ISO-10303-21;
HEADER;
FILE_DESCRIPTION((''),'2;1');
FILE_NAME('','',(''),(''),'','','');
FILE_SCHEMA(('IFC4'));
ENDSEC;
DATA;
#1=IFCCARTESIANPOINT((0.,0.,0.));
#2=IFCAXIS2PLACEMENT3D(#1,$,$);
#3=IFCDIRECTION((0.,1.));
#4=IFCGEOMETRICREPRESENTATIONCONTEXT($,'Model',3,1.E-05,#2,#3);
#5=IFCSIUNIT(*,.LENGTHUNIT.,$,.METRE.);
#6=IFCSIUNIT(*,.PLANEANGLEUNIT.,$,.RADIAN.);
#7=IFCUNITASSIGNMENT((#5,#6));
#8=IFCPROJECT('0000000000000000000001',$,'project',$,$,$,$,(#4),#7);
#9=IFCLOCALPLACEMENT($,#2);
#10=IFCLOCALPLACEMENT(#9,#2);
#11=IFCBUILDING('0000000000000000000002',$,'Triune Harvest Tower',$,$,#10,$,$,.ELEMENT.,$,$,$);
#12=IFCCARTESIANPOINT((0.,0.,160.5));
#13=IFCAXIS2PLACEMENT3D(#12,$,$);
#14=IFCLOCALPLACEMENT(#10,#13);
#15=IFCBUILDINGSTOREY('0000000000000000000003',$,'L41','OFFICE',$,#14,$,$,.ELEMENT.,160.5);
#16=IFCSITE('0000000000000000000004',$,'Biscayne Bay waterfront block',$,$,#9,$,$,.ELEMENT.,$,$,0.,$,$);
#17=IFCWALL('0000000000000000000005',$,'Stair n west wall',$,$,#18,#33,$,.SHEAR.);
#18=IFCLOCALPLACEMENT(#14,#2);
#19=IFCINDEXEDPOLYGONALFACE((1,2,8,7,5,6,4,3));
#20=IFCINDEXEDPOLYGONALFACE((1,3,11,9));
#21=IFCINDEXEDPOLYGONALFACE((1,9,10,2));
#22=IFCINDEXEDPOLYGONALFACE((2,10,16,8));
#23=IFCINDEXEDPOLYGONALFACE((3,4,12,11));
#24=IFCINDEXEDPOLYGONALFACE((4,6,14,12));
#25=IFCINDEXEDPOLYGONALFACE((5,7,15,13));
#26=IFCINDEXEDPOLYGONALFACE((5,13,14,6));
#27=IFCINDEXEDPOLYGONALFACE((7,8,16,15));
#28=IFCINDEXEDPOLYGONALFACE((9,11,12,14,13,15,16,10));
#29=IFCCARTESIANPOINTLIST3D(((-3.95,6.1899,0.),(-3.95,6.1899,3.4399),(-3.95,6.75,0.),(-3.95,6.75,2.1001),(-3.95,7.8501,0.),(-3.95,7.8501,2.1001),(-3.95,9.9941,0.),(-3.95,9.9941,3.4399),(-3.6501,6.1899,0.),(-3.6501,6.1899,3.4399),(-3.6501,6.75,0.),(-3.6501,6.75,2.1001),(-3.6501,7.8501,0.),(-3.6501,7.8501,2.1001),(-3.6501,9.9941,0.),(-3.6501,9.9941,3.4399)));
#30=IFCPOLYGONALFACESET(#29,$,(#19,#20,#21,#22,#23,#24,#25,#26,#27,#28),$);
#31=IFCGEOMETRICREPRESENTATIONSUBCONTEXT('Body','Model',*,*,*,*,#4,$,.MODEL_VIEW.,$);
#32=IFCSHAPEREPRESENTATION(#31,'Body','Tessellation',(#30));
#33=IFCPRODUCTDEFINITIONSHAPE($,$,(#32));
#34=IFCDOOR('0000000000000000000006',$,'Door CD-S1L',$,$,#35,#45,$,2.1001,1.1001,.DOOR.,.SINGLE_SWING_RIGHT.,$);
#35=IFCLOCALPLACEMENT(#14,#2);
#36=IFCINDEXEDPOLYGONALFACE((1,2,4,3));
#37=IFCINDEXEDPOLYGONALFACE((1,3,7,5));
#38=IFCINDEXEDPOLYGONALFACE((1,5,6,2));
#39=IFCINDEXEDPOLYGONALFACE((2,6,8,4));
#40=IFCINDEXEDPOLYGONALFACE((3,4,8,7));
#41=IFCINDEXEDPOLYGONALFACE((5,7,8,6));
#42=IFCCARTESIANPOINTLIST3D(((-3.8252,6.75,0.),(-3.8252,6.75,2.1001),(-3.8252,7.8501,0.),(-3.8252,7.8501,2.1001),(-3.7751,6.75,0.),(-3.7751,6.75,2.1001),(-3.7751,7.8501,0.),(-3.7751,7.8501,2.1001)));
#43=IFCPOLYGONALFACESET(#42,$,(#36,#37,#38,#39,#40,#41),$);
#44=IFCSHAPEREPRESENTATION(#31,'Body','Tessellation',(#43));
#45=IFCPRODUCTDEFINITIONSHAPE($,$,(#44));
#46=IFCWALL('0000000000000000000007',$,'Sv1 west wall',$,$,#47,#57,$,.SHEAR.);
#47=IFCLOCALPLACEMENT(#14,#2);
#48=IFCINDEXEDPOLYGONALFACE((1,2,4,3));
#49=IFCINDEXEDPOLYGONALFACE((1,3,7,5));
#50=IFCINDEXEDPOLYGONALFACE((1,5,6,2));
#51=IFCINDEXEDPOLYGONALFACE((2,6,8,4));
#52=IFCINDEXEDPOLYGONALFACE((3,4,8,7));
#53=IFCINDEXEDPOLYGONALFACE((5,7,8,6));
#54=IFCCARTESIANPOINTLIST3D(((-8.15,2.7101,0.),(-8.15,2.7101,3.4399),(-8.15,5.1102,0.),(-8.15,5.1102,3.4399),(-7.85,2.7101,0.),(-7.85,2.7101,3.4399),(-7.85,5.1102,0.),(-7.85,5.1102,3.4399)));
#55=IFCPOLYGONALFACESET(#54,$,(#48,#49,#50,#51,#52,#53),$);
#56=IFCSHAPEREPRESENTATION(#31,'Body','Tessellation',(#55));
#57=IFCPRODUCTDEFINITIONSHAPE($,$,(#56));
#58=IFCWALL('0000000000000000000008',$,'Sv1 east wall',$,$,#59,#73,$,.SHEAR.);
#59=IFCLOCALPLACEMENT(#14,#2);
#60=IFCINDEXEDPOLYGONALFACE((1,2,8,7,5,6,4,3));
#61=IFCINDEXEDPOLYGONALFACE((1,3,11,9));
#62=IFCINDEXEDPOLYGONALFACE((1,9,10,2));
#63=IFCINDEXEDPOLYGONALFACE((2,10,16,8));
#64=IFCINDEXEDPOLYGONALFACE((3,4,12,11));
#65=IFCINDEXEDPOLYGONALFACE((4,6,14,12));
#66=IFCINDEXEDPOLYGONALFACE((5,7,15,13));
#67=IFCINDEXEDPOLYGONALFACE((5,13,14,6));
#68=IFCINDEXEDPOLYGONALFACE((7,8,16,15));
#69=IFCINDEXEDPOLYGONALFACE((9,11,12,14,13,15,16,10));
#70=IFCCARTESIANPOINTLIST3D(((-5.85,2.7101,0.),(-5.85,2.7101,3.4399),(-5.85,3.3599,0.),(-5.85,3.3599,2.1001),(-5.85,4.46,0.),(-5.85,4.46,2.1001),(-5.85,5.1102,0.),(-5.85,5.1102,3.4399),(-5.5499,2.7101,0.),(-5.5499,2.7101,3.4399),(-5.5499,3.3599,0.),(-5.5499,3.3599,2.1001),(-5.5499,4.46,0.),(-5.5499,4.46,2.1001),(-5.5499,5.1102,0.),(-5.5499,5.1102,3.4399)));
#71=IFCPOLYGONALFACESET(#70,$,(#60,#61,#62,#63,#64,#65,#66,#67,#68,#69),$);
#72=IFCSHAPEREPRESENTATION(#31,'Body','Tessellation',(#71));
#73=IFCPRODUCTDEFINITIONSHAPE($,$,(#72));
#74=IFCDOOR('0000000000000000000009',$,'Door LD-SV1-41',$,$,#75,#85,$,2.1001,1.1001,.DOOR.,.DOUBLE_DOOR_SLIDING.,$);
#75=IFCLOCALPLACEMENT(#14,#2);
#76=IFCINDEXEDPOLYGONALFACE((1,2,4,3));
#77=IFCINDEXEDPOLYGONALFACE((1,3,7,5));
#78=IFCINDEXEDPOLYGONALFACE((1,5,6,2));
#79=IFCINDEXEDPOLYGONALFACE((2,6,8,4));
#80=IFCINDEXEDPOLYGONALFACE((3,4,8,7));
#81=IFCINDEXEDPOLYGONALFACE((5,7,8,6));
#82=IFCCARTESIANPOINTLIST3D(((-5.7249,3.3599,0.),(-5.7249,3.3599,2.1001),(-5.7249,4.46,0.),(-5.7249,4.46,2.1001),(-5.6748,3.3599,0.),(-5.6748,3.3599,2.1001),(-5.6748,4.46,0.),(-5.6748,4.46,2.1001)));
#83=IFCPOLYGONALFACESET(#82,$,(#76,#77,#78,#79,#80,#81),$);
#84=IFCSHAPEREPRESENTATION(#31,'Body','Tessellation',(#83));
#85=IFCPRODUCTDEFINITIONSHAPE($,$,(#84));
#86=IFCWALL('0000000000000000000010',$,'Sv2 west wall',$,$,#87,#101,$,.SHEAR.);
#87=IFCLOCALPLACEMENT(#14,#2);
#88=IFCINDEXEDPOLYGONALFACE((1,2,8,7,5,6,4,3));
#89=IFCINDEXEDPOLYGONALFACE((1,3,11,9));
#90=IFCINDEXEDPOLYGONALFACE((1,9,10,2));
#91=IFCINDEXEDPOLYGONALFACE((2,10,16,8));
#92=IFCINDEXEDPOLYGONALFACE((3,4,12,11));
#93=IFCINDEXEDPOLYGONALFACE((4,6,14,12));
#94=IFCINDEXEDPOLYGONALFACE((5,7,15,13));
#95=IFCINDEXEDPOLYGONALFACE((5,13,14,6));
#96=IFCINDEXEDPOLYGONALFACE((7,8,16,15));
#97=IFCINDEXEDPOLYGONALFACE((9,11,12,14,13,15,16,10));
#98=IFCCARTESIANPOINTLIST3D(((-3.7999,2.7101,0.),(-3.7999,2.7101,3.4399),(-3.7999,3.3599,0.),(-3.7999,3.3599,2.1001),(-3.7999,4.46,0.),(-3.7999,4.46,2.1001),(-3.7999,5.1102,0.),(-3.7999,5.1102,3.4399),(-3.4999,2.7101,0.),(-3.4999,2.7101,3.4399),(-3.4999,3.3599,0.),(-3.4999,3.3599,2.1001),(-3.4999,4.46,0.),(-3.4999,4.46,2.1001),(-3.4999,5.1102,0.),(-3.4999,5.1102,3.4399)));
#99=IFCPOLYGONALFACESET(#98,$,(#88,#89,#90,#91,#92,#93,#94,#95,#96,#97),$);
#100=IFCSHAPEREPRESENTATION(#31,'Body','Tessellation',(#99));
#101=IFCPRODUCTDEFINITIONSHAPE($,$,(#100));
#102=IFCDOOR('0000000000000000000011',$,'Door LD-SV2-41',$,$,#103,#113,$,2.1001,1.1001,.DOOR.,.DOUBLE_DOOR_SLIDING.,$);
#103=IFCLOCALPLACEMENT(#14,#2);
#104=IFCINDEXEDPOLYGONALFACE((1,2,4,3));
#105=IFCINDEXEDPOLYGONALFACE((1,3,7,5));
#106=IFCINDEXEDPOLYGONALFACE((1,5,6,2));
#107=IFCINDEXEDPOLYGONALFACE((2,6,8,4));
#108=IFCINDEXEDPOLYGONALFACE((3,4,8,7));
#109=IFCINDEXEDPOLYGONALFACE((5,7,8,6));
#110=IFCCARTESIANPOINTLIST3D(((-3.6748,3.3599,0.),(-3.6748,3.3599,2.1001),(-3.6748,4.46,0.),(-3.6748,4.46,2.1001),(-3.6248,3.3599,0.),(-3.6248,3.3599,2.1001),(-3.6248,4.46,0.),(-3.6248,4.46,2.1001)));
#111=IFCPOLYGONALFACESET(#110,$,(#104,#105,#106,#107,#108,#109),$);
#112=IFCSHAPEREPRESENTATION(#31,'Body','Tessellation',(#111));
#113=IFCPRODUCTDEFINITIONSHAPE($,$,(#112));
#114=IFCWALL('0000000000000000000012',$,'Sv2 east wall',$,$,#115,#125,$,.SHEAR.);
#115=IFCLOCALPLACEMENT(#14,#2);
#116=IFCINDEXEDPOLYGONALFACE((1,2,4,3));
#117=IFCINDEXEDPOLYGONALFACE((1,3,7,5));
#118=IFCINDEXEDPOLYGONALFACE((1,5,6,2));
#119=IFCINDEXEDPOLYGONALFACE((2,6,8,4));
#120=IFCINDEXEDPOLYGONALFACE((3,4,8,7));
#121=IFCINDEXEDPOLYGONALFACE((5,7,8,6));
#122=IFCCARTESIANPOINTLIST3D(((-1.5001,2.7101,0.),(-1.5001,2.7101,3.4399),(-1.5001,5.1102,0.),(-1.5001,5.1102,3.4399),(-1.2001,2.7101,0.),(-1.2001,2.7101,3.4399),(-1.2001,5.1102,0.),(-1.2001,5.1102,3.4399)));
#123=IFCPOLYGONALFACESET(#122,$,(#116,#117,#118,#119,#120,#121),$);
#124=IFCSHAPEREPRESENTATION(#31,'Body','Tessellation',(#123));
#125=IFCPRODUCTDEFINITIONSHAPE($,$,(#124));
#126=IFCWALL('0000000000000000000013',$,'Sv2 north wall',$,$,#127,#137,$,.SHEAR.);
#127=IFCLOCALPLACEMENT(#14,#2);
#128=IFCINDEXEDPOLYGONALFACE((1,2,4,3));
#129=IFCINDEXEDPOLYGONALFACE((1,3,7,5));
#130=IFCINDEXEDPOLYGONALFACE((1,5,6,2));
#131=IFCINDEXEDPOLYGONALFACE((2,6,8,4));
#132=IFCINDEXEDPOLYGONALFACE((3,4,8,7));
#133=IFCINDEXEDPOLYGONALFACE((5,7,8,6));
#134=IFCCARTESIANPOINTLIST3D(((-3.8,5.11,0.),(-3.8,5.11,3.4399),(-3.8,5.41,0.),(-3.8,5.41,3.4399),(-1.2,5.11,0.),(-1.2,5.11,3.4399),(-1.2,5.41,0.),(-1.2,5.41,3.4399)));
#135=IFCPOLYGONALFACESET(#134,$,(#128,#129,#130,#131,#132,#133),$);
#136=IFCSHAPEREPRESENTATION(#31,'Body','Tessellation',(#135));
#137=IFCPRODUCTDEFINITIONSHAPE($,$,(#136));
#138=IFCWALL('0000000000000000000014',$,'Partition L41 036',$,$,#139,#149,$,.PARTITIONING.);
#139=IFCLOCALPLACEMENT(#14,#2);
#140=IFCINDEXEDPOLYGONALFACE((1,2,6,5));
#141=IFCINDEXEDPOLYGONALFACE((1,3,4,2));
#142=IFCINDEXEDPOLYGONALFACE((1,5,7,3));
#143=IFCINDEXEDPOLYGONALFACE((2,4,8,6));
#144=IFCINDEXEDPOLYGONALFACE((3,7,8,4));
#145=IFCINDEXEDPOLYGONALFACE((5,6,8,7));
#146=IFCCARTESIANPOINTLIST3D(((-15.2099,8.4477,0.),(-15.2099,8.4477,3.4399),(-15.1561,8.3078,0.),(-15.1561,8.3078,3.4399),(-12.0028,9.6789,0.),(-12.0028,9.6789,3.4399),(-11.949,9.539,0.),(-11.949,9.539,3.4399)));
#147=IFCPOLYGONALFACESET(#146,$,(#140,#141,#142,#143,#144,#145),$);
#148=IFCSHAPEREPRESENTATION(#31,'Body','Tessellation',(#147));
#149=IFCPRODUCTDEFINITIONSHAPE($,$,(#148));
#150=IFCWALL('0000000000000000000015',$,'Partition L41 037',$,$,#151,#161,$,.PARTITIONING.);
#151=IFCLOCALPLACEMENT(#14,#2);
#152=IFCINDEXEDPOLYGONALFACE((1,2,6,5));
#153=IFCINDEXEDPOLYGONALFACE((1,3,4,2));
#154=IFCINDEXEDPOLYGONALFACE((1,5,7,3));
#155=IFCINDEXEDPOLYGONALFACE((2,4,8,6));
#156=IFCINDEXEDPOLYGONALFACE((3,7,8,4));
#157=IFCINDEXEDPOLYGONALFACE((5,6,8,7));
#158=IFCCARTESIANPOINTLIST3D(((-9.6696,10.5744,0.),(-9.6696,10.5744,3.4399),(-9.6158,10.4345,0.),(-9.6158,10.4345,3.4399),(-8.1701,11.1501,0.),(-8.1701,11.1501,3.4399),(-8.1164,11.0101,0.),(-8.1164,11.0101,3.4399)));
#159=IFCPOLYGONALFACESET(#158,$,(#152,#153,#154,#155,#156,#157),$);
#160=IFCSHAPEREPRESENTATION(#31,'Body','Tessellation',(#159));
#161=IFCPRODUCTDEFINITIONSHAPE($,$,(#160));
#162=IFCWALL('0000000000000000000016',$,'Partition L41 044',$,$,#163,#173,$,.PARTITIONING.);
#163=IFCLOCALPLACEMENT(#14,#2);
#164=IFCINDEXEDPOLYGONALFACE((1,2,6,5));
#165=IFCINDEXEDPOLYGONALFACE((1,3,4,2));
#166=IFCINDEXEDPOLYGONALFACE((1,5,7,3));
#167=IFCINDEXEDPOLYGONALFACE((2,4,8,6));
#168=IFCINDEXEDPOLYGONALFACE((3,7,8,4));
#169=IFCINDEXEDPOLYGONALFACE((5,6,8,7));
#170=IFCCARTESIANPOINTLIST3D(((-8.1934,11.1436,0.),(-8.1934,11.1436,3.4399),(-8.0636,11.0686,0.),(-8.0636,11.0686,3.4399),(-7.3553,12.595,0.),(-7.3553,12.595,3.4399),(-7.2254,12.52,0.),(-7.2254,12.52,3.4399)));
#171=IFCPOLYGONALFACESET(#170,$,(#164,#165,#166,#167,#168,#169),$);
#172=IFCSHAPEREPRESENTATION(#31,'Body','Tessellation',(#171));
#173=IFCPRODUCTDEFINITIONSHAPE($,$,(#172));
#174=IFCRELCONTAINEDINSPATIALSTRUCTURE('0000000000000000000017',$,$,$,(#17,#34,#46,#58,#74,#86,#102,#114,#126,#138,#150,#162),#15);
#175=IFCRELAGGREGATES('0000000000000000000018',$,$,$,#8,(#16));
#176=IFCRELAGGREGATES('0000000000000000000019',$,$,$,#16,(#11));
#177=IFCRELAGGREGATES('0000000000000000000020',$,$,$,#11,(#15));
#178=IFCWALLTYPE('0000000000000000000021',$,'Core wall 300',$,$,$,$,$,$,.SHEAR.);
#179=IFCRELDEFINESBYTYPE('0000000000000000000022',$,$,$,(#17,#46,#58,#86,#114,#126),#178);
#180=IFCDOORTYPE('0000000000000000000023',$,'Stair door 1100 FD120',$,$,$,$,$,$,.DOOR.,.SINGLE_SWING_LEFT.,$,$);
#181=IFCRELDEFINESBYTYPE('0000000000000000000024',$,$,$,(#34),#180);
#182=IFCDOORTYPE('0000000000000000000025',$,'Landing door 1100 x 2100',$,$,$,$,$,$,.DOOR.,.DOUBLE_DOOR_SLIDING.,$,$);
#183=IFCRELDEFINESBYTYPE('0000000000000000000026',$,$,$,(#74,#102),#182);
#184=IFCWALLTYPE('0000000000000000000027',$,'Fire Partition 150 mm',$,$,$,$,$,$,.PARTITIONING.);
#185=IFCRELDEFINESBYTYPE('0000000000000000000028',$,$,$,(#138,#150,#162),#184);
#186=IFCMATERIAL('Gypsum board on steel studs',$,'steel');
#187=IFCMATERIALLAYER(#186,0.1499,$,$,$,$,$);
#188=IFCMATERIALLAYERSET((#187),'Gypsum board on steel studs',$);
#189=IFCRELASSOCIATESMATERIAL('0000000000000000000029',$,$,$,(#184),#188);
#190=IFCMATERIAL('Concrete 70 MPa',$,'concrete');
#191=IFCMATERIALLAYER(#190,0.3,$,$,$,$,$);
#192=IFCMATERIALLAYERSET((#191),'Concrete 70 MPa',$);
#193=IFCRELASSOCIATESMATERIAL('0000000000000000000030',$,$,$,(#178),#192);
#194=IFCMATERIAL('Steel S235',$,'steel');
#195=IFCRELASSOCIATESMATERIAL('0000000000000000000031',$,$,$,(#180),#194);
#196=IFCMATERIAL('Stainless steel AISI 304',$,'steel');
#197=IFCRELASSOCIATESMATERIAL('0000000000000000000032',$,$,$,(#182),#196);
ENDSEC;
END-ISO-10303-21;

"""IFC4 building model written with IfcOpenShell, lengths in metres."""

from ifc_helpers import new_model, si_unit, direction, frame, frame_2d, origin, place, context, subcontext, project, spatial, polyline, rectangle, outline, extrude, source, transform, mapped, material, layer, layer_set, type_object, element, fill, save


model = new_model("IFC4")

# Units and contexts
model_context = context("Model", 3, precision=1e-05, world=origin(), true_north=direction((0.0, 1.0)))
body_context = subcontext(model_context, "Body", "Model", "MODEL_VIEW")
ifc_project = project(units=[si_unit("LENGTHUNIT", "METRE"), si_unit("PLANEANGLEUNIT", "RADIAN")], contexts=[model_context])

# Site, building, storey
site_placement = place(None, origin())
site = spatial("IfcSite", under=ifc_project, at=site_placement, Name="Biscayne Bay waterfront block", CompositionType="ELEMENT", RefElevation=0.0)
building_placement = place(site_placement, origin())
building = spatial("IfcBuilding", under=site, at=building_placement, Name="Triune Harvest Tower", CompositionType="ELEMENT")
storey_placement = place(building_placement, frame((0.0, 0.0, 160.5)))
storey = spatial("IfcBuildingStorey", under=building, at=storey_placement, Name="L41", Description="OFFICE", CompositionType="ELEMENT", Elevation=160.5)

# Shared definitions
ifc_material_1 = material(Name="Gypsum board on steel studs", Category="steel")
ifc_layer_1 = layer(ifc_material_1, 0.1499)
ifc_layer_set_1 = layer_set([ifc_layer_1], Name="Gypsum board on steel studs")
wall_type_1 = type_object("IfcWallType", Name="Fire Partition 150 mm", PredefinedType="PARTITIONING", material=ifc_layer_set_1)

# Shared definitions
ifc_material_2 = material(Name="Concrete 70 MPa", Category="concrete")
ifc_layer_2 = layer(ifc_material_2, 0.3)
ifc_layer_set_2 = layer_set([ifc_layer_2], Name="Concrete 70 MPa")
wall_type_2 = type_object("IfcWallType", Name="Core wall 300", PredefinedType="SHEAR", material=ifc_layer_set_2)

# Wall, opening, door
shared_shape_1 = source(origin(), body_context, "Body", "SweptSolid", [
    extrude(outline(polyline([(0.0, -0.1499), (0.0, 0.1499), (3.8042, 0.1499), (3.8042, -0.1499), (0.0, -0.1499)])), origin(), (0.0, 0.0, 1.0), 3.4399),
])
wall_1_placement = place(storey_placement, frame((-3.8, 6.1899, 0.0), z_axis=(0.0, 0.0, 1.0), x_axis=(0.0, 1.0, 0.0)))
wall_1 = element("IfcWall", 1, at=wall_1_placement, inside=storey, type_object=wall_type_2, Name="Stair n west wall", PredefinedType="SHEAR", context=body_context, shape_type="MappedRepresentation", body=[
    mapped(shared_shape_1, transform((0.0, 0.0, 0.0), scale=1.0)),
])
opening_1_placement = place(wall_1_placement, frame((0.5601, 0.0, 0.0)))
opening_1 = element("IfcOpeningElement", 2, at=opening_1_placement, cuts=wall_1, PredefinedType="OPENING", context=body_context, shape_type="SweptSolid", body=[
    extrude(rectangle(XDim=1.1001, YDim=2.1001, at=frame_2d((0.55, 1.05))), frame((0.0, 0.1602, 0.0), z_axis=(0.0, -1.0, 0.0), x_axis=(1.0, 0.0, 0.0)), (0.0, 0.0, 1.0), 0.3201),
])
ifc_material_3 = material(Name="Steel S235", Category="steel")
door_type_1 = type_object("IfcDoorType", Name="Stair door 1100 FD120", OperationType="SINGLE_SWING_LEFT", PredefinedType="DOOR", material=ifc_material_3)
door_1_placement = place(opening_1_placement, frame((1.1001, 0.0, 0.0), z_axis=(0.0, 0.0, 1.0), x_axis=(-1.0, 0.0, 0.0)))
door_1 = element("IfcDoor", 3, at=door_1_placement, inside=storey, type_object=door_type_1, Name="Door CD-S1L", OperationType="SINGLE_SWING_RIGHT", OverallHeight=2.1001, OverallWidth=1.1001, PredefinedType="DOOR", context=body_context, shape_type="SweptSolid", body=[
    extrude(rectangle(XDim=1.1001, YDim=2.1001, at=frame_2d((0.55, 1.05))), frame((0.0, 0.0249, 0.0), z_axis=(0.0, -1.0, 0.0), x_axis=(1.0, 0.0, 0.0)), (0.0, 0.0, 1.0), 0.05),
])
fill(opening_1, door_1)

# Wall
shared_shape_2 = source(origin(), body_context, "Body", "SweptSolid", [
    extrude(rectangle(XDim=2.4001, YDim=0.3, at=frame_2d((1.2002, 0.0))), origin(), (0.0, 0.0, 1.0), 3.4399),
])
wall_2_placement = place(storey_placement, frame((-8.0, 2.71, 0.0), z_axis=(0.0, 0.0, 1.0), x_axis=(0.0, 1.0, 0.0)))
element("IfcWall", 4, at=wall_2_placement, inside=storey, type_object=wall_type_2, Name="Sv1 west wall", PredefinedType="SHEAR", context=body_context, shape_type="MappedRepresentation", body=[
    mapped(shared_shape_2, transform((0.0, 0.0, 0.0), scale=1.0)),
])

# Walls, openings, doors
wall_3_placement = place(storey_placement, frame((-5.7, 2.71, 0.0), z_axis=(0.0, 0.0, 1.0), x_axis=(0.0, 1.0, 0.0)))
wall_3 = element("IfcWall", 5, at=wall_3_placement, inside=storey, type_object=wall_type_2, Name="Sv1 east wall", PredefinedType="SHEAR", context=body_context, shape_type="MappedRepresentation", body=[
    mapped(shared_shape_2, transform((0.0, 0.0, 0.0), scale=1.0)),
])
opening_2_placement = place(wall_3_placement, frame((0.6499, 0.0, 0.0)))
opening_2 = element("IfcOpeningElement", 6, at=opening_2_placement, cuts=wall_3, PredefinedType="OPENING", context=body_context, shape_type="SweptSolid", body=[
    extrude(rectangle(XDim=1.1001, YDim=2.1001, at=frame_2d((0.55, 1.05))), frame((0.0, 0.1602, 0.0), z_axis=(0.0, -1.0, 0.0), x_axis=(1.0, 0.0, 0.0)), (0.0, 0.0, 1.0), 0.3201),
])
ifc_material_4 = material(Name="Stainless steel AISI 304", Category="steel")
door_type_2 = type_object("IfcDoorType", Name="Landing door 1100 x 2100", OperationType="DOUBLE_DOOR_SLIDING", PredefinedType="DOOR", material=ifc_material_4)
door_2_placement = place(opening_2_placement, origin())
door_2 = element("IfcDoor", 7, at=door_2_placement, inside=storey, type_object=door_type_2, Name="Door LD-SV1-41", OperationType="DOUBLE_DOOR_SLIDING", OverallHeight=2.1001, OverallWidth=1.1001, PredefinedType="DOOR", context=body_context, shape_type="SweptSolid", body=[
    extrude(rectangle(XDim=1.1001, YDim=2.1001, at=frame_2d((0.55, 1.05))), frame((0.0, 0.0249, 0.0), z_axis=(0.0, -1.0, 0.0), x_axis=(1.0, 0.0, 0.0)), (0.0, 0.0, 1.0), 0.05),
])
fill(opening_2, door_2)
wall_4_placement = place(storey_placement, frame((-3.6499, 2.71, 0.0), z_axis=(0.0, 0.0, 1.0), x_axis=(0.0, 1.0, 0.0)))
wall_4 = element("IfcWall", 8, at=wall_4_placement, inside=storey, type_object=wall_type_2, Name="Sv2 west wall", PredefinedType="SHEAR", context=body_context, shape_type="MappedRepresentation", body=[
    mapped(shared_shape_2, transform((0.0, 0.0, 0.0), scale=1.0)),
])
opening_3_placement = place(wall_4_placement, frame((0.6499, 0.0, 0.0)))
opening_3 = element("IfcOpeningElement", 9, at=opening_3_placement, cuts=wall_4, PredefinedType="OPENING", context=body_context, shape_type="SweptSolid", body=[
    extrude(rectangle(XDim=1.1001, YDim=2.1001, at=frame_2d((0.55, 1.05))), frame((0.0, 0.1602, 0.0), z_axis=(0.0, -1.0, 0.0), x_axis=(1.0, 0.0, 0.0)), (0.0, 0.0, 1.0), 0.3201),
])
door_3_placement = place(opening_3_placement, origin())
door_3 = element("IfcDoor", 10, at=door_3_placement, inside=storey, type_object=door_type_2, Name="Door LD-SV2-41", OperationType="DOUBLE_DOOR_SLIDING", OverallHeight=2.1001, OverallWidth=1.1001, PredefinedType="DOOR", context=body_context, shape_type="SweptSolid", body=[
    extrude(rectangle(XDim=1.1001, YDim=2.1001, at=frame_2d((0.55, 1.05))), frame((0.0, 0.0249, 0.0), z_axis=(0.0, -1.0, 0.0), x_axis=(1.0, 0.0, 0.0)), (0.0, 0.0, 1.0), 0.05),
])
fill(opening_3, door_3)

# Walls
wall_5_placement = place(storey_placement, frame((-1.3501, 2.71, 0.0), z_axis=(0.0, 0.0, 1.0), x_axis=(0.0, 1.0, 0.0)))
element("IfcWall", 11, at=wall_5_placement, inside=storey, type_object=wall_type_2, Name="Sv2 east wall", PredefinedType="SHEAR", context=body_context, shape_type="MappedRepresentation", body=[
    mapped(shared_shape_2, transform((0.0, 0.0, 0.0), scale=1.0)),
])
shared_shape_3 = source(origin(), body_context, "Body", "SweptSolid", [
    extrude(rectangle(XDim=2.6001, YDim=0.3, at=frame_2d((1.3, 0.0))), origin(), (0.0, 0.0, 1.0), 3.4399),
])
wall_6_placement = place(storey_placement, frame((-3.8, 5.26, 0.0), z_axis=(0.0, 0.0, 1.0), x_axis=(1.0, 0.0, 0.0)))
element("IfcWall", 12, at=wall_6_placement, inside=storey, type_object=wall_type_2, Name="Sv2 north wall", PredefinedType="SHEAR", context=body_context, shape_type="MappedRepresentation", body=[
    mapped(shared_shape_3, transform((0.0, 0.0, 0.0), scale=1.0)),
])
shared_shape_4 = source(origin(), body_context, "Body", "SweptSolid", [
    extrude(rectangle(XDim=3.4353, YDim=0.1499, at=frame_2d((1.7178, 0.0))), origin(), (0.0, 0.0, 1.0), 3.4399),
])
wall_7_placement = place(storey_placement, frame((-15.1831, 8.3777, 0.0), z_axis=(0.0, 0.0, 1.0), x_axis=(0.933567, 0.358403, 0.0)))
element("IfcWall", 13, at=wall_7_placement, inside=storey, type_object=wall_type_1, Name="Partition L41 036", PredefinedType="PARTITIONING", context=body_context, shape_type="MappedRepresentation", body=[
    mapped(shared_shape_4, transform((0.0, 0.0, 0.0), scale=1.0)),
])
shared_shape_5 = source(origin(), body_context, "Body", "SweptSolid", [
    extrude(rectangle(XDim=1.6062, YDim=0.1499, at=frame_2d((0.8032, 0.0))), origin(), (0.0, 0.0, 1.0), 3.4399),
])
wall_8_placement = place(storey_placement, frame((-9.6428, 10.5044, 0.0), z_axis=(0.0, 0.0, 1.0), x_axis=(0.933565, 0.358409, 0.0)))
element("IfcWall", 14, at=wall_8_placement, inside=storey, type_object=wall_type_1, Name="Partition L41 037", PredefinedType="PARTITIONING", context=body_context, shape_type="MappedRepresentation", body=[
    mapped(shared_shape_5, transform((0.0, 0.0, 0.0), scale=1.0)),
])
shared_shape_6 = source(origin(), body_context, "Body", "SweptSolid", [
    extrude(rectangle(XDim=1.676, YDim=0.1499, at=frame_2d((0.8379, 0.0))), origin(), (0.0, 0.0, 1.0), 3.4399),
])
wall_9_placement = place(storey_placement, frame((-8.1284, 11.1062, 0.0), z_axis=(0.0, 0.0, 1.0), x_axis=(0.500071, 0.865984, 0.0)))
element("IfcWall", 15, at=wall_9_placement, inside=storey, type_object=wall_type_1, Name="Partition L41 044", PredefinedType="PARTITIONING", context=body_context, shape_type="MappedRepresentation", body=[
    mapped(shared_shape_6, transform((0.0, 0.0, 0.0), scale=1.0)),
])

save(model, "model.ifc")
